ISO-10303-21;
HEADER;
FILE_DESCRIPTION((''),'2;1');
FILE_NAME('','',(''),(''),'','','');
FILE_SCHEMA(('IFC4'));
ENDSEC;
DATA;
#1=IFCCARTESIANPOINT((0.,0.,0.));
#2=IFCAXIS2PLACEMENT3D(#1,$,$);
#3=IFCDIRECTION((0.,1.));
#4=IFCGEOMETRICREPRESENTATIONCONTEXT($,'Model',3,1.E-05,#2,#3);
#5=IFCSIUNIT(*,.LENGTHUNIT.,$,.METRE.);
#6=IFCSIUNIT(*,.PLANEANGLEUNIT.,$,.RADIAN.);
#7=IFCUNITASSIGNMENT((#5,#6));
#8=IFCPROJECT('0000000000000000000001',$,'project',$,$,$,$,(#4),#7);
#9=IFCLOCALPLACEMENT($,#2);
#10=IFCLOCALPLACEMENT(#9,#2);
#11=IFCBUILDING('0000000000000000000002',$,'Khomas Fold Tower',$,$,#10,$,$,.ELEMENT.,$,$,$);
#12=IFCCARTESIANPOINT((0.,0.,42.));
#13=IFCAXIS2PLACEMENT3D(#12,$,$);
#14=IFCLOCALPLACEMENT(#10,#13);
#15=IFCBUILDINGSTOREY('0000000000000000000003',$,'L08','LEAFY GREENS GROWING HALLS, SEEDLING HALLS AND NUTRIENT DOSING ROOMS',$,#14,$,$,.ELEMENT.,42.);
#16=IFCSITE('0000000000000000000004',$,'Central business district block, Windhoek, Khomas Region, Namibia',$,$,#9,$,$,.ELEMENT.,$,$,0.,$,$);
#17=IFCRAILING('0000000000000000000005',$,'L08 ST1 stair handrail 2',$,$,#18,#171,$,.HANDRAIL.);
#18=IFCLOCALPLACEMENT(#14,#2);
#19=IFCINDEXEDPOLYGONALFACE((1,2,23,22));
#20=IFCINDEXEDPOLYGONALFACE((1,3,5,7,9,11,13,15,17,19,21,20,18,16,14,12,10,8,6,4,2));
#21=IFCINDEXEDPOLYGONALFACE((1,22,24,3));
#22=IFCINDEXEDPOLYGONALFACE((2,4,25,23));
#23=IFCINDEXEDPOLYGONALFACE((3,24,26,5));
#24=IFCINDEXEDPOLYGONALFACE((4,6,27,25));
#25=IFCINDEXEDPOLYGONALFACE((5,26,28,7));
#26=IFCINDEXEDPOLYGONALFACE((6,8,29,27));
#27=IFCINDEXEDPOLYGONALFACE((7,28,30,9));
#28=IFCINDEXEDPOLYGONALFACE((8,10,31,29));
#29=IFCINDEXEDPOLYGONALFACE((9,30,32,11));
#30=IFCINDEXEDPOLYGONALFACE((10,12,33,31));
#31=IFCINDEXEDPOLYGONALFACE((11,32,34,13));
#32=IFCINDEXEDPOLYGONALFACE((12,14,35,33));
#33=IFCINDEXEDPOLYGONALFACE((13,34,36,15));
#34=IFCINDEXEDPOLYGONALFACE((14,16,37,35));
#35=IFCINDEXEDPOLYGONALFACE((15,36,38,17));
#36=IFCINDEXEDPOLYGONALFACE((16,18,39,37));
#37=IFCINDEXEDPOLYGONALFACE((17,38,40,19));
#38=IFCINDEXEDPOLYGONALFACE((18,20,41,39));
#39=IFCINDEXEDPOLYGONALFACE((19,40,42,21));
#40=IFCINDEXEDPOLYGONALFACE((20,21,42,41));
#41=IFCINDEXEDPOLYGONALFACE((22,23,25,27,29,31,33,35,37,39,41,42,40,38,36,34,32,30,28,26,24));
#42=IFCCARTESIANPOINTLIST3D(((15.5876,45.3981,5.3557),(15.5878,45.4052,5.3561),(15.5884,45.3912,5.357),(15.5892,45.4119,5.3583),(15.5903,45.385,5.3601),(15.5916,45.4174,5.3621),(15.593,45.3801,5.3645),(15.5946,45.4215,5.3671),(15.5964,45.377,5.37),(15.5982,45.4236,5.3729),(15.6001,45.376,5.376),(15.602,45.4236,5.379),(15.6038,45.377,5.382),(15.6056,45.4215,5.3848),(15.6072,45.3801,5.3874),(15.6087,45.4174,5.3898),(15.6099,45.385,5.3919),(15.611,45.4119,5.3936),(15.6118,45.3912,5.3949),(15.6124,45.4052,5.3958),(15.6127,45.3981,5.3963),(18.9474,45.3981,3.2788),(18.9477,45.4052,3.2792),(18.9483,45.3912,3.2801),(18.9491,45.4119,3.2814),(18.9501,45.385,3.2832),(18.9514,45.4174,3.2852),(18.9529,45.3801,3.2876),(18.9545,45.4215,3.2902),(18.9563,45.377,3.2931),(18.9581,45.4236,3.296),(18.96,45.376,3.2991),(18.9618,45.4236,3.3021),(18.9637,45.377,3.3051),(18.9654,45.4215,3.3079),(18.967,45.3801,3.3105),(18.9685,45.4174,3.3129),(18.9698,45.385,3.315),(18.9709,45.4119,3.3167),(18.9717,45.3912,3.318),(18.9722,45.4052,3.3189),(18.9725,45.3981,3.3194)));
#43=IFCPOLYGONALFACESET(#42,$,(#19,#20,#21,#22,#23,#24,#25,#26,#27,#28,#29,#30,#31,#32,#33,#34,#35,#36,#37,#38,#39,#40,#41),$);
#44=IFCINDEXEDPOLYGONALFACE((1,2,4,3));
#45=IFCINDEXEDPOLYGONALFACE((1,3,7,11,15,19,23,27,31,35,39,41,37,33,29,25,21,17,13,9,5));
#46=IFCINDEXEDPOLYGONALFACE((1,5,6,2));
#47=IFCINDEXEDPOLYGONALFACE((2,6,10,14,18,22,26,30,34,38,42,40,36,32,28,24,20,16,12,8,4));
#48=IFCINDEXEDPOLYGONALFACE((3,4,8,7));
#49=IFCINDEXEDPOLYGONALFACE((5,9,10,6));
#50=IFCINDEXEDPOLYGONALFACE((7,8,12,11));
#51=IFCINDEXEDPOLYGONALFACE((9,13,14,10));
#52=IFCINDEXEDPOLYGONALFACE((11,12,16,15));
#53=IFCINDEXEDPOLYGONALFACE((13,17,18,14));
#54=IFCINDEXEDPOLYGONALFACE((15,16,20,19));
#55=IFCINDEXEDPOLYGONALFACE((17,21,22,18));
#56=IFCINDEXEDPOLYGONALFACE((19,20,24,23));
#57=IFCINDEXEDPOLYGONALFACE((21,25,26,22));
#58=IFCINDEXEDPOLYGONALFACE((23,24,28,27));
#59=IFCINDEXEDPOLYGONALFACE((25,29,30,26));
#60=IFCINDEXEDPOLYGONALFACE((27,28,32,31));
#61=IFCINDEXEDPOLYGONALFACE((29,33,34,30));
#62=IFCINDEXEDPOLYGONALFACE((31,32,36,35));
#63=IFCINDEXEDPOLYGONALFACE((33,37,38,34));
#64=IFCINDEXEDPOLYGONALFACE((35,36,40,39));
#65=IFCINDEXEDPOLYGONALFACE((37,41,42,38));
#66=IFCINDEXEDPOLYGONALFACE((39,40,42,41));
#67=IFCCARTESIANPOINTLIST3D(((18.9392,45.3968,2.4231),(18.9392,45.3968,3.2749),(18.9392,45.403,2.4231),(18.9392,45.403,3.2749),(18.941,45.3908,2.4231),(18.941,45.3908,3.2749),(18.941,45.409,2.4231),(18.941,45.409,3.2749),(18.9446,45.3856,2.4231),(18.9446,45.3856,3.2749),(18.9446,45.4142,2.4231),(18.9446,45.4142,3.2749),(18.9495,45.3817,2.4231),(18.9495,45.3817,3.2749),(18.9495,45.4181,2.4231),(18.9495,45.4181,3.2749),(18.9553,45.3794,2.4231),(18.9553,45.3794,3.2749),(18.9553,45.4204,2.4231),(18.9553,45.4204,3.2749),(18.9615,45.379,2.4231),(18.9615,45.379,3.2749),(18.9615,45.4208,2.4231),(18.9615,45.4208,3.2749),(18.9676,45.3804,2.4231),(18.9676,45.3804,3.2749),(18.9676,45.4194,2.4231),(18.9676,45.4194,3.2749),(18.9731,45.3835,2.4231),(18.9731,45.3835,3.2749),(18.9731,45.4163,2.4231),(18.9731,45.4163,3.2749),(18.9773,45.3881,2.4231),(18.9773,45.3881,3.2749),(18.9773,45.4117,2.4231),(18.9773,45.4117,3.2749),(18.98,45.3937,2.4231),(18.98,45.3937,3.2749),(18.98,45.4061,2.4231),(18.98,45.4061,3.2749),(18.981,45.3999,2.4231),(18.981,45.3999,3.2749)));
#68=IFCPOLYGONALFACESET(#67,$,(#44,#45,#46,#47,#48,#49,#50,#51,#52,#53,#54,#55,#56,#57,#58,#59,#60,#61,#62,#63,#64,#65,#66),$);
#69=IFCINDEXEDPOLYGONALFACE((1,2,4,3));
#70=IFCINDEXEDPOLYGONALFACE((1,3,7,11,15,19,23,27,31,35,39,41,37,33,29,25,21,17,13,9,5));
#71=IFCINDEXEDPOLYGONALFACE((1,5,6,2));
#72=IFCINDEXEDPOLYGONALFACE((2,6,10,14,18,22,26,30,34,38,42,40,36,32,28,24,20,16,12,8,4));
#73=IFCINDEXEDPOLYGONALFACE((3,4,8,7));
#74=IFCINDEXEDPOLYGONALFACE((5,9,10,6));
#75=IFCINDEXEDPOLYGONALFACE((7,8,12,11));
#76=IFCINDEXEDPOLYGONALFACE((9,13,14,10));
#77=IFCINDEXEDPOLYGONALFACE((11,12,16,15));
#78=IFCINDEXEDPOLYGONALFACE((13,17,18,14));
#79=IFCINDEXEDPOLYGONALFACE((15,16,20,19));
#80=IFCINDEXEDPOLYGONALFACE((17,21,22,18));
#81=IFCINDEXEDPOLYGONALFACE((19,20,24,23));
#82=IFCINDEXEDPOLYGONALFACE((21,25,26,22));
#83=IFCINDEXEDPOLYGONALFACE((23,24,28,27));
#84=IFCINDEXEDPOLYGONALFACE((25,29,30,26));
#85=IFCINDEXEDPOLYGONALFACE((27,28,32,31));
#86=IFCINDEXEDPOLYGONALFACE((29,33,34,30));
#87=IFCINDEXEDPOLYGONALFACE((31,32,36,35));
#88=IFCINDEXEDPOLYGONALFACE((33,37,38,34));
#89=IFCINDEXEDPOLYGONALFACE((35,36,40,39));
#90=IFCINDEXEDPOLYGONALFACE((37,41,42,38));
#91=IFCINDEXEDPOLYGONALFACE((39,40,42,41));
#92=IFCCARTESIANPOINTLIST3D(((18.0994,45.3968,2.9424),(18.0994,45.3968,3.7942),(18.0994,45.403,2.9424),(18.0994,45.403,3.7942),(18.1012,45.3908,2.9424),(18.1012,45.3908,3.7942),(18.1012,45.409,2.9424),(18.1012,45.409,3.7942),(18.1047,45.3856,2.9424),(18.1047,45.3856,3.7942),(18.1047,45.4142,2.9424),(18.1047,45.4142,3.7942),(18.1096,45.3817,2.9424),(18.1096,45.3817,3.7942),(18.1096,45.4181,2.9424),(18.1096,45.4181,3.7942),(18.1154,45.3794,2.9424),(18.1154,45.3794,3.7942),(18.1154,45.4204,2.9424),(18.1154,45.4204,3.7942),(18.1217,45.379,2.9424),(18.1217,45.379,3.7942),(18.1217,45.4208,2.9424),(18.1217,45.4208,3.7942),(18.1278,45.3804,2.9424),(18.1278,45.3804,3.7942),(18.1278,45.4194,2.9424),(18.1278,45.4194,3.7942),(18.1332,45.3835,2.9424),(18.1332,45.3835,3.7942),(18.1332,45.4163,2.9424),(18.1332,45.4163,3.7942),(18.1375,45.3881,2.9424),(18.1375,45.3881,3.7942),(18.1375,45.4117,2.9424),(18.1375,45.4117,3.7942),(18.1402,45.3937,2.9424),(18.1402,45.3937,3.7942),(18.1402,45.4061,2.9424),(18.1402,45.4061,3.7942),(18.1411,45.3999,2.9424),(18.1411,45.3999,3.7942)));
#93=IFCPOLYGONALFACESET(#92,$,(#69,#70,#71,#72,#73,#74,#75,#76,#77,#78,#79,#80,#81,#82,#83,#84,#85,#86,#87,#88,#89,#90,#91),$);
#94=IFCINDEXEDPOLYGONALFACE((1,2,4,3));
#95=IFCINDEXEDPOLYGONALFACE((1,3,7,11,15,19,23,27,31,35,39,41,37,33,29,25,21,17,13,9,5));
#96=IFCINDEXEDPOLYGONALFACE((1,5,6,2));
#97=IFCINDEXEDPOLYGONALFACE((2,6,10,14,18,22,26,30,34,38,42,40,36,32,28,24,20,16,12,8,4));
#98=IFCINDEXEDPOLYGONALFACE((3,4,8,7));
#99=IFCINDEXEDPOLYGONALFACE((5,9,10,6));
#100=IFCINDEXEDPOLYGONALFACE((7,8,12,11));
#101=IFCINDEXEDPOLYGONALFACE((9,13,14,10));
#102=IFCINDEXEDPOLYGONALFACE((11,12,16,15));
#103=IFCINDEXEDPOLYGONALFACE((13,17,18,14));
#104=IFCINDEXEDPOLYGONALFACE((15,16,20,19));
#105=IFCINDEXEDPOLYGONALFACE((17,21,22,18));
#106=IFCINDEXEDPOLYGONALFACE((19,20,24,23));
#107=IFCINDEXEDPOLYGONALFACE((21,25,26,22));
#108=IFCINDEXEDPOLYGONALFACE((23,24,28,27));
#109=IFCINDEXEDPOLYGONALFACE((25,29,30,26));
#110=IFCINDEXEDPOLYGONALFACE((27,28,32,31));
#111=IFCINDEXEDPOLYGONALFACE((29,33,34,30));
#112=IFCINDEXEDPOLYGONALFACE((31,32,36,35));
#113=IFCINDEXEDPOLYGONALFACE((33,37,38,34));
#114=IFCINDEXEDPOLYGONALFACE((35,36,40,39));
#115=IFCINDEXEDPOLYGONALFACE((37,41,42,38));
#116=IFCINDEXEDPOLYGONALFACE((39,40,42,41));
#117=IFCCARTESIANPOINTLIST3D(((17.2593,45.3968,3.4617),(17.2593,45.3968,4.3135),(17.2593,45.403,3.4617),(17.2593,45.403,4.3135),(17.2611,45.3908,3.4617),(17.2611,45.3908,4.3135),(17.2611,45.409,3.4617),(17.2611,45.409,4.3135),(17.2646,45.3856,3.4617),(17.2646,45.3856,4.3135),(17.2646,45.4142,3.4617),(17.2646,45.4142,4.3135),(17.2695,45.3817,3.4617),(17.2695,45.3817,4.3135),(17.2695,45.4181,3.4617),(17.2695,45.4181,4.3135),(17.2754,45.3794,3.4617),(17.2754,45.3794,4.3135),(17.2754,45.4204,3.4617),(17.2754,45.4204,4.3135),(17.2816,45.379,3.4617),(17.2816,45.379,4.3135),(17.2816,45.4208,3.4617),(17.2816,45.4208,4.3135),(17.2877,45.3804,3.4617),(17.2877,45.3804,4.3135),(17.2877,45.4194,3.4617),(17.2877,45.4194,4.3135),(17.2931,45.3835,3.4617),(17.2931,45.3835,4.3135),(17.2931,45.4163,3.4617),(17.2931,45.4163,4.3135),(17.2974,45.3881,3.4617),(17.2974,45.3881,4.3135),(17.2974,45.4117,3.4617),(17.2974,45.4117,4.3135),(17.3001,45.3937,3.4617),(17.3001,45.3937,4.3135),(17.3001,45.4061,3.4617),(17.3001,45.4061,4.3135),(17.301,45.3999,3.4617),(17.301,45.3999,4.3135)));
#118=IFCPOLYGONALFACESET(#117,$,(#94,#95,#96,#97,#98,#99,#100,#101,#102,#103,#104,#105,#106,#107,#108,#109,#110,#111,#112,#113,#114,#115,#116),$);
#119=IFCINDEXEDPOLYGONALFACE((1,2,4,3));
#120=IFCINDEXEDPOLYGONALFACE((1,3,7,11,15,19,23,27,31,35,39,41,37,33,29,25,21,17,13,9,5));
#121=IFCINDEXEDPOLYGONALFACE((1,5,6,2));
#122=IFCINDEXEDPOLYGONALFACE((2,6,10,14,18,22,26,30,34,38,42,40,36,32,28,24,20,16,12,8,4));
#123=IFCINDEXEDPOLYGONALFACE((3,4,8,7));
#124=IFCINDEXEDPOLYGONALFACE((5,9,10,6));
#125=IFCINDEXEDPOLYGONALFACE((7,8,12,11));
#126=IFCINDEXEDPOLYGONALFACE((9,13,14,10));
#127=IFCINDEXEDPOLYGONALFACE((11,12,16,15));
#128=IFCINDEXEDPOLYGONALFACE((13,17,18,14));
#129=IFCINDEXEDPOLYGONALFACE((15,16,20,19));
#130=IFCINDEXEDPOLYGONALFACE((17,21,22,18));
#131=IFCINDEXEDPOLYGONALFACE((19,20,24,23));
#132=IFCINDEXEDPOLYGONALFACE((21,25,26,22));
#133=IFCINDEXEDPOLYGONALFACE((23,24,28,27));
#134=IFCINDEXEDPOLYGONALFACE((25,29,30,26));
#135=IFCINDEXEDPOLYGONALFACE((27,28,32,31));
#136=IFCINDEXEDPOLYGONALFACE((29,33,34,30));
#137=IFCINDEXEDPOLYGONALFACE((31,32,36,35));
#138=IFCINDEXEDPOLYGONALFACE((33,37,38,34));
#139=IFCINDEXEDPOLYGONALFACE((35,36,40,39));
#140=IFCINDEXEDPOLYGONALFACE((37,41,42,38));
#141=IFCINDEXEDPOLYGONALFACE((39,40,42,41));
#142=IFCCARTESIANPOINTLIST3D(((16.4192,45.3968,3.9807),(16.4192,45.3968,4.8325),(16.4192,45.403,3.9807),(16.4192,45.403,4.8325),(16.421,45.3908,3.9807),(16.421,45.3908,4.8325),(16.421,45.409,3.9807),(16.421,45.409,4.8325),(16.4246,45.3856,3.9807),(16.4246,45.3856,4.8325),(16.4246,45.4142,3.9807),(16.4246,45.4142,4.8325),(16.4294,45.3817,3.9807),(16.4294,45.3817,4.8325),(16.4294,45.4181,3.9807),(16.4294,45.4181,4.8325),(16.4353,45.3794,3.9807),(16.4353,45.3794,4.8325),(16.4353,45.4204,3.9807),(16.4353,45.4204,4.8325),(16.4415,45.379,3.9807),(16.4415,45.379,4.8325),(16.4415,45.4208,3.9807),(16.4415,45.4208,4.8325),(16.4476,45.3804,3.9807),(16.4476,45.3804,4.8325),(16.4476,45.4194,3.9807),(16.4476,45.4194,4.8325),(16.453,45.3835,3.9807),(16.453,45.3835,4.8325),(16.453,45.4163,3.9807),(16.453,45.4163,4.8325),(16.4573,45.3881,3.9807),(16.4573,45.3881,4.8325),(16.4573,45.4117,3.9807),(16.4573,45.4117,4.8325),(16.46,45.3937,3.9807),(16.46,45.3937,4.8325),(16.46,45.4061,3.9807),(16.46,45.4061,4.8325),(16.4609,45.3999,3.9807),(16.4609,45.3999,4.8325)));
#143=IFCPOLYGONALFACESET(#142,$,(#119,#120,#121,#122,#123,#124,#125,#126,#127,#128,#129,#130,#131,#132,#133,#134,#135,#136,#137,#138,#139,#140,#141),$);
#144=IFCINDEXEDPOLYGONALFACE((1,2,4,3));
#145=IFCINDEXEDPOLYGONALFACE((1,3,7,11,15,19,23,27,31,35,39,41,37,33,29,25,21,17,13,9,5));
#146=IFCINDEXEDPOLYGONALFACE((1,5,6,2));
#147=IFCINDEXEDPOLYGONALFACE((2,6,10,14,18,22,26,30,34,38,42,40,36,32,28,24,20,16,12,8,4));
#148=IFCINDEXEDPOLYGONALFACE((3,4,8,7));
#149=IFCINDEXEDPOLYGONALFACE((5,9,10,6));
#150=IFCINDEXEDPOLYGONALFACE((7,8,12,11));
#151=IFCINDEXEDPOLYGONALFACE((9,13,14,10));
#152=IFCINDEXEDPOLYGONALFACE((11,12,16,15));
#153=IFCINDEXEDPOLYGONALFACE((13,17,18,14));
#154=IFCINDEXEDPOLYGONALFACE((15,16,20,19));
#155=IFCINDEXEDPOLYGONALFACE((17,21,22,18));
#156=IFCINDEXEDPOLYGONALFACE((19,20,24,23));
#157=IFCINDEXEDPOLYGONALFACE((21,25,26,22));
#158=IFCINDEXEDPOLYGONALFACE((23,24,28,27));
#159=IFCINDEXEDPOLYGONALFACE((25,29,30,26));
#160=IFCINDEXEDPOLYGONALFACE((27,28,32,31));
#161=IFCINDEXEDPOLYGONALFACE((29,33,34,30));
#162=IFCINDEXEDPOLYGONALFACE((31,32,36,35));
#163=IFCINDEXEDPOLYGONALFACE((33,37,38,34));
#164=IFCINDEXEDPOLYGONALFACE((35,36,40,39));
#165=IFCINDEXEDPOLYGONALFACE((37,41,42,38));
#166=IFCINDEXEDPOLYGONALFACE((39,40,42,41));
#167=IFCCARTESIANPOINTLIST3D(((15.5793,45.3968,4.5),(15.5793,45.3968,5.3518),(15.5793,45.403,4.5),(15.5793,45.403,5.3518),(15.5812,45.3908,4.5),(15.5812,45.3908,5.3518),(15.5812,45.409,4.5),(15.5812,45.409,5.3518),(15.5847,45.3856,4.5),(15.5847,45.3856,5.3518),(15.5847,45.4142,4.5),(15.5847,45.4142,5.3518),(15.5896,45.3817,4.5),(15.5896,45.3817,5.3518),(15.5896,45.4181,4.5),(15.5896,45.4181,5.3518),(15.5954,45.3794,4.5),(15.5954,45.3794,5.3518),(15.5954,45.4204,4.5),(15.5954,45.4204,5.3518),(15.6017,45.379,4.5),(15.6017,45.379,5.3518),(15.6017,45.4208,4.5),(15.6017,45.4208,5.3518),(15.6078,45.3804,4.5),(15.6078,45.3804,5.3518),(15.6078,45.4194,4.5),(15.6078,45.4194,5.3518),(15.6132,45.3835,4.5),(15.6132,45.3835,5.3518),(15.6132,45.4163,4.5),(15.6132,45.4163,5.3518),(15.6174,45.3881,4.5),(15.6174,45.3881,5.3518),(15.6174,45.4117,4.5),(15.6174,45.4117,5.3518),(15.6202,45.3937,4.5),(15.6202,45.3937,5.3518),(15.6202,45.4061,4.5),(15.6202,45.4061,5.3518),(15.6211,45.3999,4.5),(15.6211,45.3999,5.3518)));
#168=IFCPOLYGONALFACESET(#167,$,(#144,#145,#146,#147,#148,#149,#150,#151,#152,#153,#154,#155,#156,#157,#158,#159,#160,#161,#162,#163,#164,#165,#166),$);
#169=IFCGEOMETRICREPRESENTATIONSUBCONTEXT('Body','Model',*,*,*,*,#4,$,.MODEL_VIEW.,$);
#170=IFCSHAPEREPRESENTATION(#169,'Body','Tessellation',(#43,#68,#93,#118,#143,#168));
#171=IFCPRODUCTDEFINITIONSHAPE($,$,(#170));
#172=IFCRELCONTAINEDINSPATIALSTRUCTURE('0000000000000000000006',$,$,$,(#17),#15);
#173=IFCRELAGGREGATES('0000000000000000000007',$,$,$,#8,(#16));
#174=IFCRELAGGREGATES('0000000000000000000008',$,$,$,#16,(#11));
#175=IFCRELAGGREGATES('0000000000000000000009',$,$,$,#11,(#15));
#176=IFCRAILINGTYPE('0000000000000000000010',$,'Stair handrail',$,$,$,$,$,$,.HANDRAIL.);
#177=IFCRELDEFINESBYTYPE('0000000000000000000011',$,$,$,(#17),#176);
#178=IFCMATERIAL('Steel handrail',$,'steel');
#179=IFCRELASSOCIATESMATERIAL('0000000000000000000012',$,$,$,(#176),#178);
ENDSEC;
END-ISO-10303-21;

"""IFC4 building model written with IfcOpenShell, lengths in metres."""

from ifc_helpers import new_model, si_unit, direction, frame, origin, origin_2d, place, context, subcontext, project, spatial, circle, extrude, source, transform, mapped, material, type_object, element, save


model = new_model("IFC4")

# Units and contexts
model_context = context("Model", 3, precision=1e-05, world=origin(), true_north=direction((0.0, 1.0)))
body_context = subcontext(model_context, "Body", "Model", "MODEL_VIEW")
ifc_project = project(units=[si_unit("LENGTHUNIT", "METRE"), si_unit("PLANEANGLEUNIT", "RADIAN")], contexts=[model_context])

# Site, building, storey
site_placement = place(None, origin())
site = spatial("IfcSite", under=ifc_project, at=site_placement, Name="Central business district block, Windhoek, Khomas Region, Namibia", CompositionType="ELEMENT", RefElevation=0.0)
building_placement = place(site_placement, origin())
building = spatial("IfcBuilding", under=site, at=building_placement, Name="Khomas Fold Tower", CompositionType="ELEMENT")
storey_placement = place(building_placement, frame((0.0, 0.0, 42.0)))
storey = spatial("IfcBuildingStorey", under=building, at=storey_placement, Name="L08", Description="LEAFY GREENS GROWING HALLS, SEEDLING HALLS AND NUTRIENT DOSING ROOMS", CompositionType="ELEMENT", Elevation=42.0)

# Railing
ifc_material_1 = material(Name="Steel handrail", Category="steel")
railing_type_1 = type_object("IfcRailingType", Name="Stair handrail", PredefinedType="HANDRAIL", material=ifc_material_1)
shared_shape_1 = source(origin(), body_context, "Body", "SweptSolid", [
    extrude(circle(Radius=0.0239, at=origin_2d()), frame((0.0, 0.0, 0.876), z_axis=(-0.850606, 0.0, 0.525803), x_axis=(0.0, -1.0, 0.0)), (0.0, 0.0, 1.0), 3.95),
    extrude(circle(Radius=0.021, at=origin_2d()), origin(), (0.0, 0.0, 1.0), 0.8518),
    extrude(circle(Radius=0.021, at=origin_2d()), frame((-0.8398, 0.0, 0.5193)), (0.0, 0.0, 1.0), 0.8518),
    extrude(circle(Radius=0.021, at=origin_2d()), frame((-1.6799, 0.0, 1.0386)), (0.0, 0.0, 1.0), 0.8518),
    extrude(circle(Radius=0.021, at=origin_2d()), frame((-2.52, 0.0, 1.5576)), (0.0, 0.0, 1.0), 0.8518),
    extrude(circle(Radius=0.021, at=origin_2d()), frame((-3.3599, 0.0, 2.0769)), (0.0, 0.0, 1.0), 0.8518),
])
railing_1_placement = place(storey_placement, frame((18.96, 45.3999, 2.4231)))
element("IfcRailing", 1, at=railing_1_placement, inside=storey, type_object=railing_type_1, Name="L08 ST1 stair handrail 2", PredefinedType="HANDRAIL", context=body_context, shape_type="MappedRepresentation", body=[
    mapped(shared_shape_1, transform((0.0, 0.0, 0.0))),
])

save(model, "model.ifc")
